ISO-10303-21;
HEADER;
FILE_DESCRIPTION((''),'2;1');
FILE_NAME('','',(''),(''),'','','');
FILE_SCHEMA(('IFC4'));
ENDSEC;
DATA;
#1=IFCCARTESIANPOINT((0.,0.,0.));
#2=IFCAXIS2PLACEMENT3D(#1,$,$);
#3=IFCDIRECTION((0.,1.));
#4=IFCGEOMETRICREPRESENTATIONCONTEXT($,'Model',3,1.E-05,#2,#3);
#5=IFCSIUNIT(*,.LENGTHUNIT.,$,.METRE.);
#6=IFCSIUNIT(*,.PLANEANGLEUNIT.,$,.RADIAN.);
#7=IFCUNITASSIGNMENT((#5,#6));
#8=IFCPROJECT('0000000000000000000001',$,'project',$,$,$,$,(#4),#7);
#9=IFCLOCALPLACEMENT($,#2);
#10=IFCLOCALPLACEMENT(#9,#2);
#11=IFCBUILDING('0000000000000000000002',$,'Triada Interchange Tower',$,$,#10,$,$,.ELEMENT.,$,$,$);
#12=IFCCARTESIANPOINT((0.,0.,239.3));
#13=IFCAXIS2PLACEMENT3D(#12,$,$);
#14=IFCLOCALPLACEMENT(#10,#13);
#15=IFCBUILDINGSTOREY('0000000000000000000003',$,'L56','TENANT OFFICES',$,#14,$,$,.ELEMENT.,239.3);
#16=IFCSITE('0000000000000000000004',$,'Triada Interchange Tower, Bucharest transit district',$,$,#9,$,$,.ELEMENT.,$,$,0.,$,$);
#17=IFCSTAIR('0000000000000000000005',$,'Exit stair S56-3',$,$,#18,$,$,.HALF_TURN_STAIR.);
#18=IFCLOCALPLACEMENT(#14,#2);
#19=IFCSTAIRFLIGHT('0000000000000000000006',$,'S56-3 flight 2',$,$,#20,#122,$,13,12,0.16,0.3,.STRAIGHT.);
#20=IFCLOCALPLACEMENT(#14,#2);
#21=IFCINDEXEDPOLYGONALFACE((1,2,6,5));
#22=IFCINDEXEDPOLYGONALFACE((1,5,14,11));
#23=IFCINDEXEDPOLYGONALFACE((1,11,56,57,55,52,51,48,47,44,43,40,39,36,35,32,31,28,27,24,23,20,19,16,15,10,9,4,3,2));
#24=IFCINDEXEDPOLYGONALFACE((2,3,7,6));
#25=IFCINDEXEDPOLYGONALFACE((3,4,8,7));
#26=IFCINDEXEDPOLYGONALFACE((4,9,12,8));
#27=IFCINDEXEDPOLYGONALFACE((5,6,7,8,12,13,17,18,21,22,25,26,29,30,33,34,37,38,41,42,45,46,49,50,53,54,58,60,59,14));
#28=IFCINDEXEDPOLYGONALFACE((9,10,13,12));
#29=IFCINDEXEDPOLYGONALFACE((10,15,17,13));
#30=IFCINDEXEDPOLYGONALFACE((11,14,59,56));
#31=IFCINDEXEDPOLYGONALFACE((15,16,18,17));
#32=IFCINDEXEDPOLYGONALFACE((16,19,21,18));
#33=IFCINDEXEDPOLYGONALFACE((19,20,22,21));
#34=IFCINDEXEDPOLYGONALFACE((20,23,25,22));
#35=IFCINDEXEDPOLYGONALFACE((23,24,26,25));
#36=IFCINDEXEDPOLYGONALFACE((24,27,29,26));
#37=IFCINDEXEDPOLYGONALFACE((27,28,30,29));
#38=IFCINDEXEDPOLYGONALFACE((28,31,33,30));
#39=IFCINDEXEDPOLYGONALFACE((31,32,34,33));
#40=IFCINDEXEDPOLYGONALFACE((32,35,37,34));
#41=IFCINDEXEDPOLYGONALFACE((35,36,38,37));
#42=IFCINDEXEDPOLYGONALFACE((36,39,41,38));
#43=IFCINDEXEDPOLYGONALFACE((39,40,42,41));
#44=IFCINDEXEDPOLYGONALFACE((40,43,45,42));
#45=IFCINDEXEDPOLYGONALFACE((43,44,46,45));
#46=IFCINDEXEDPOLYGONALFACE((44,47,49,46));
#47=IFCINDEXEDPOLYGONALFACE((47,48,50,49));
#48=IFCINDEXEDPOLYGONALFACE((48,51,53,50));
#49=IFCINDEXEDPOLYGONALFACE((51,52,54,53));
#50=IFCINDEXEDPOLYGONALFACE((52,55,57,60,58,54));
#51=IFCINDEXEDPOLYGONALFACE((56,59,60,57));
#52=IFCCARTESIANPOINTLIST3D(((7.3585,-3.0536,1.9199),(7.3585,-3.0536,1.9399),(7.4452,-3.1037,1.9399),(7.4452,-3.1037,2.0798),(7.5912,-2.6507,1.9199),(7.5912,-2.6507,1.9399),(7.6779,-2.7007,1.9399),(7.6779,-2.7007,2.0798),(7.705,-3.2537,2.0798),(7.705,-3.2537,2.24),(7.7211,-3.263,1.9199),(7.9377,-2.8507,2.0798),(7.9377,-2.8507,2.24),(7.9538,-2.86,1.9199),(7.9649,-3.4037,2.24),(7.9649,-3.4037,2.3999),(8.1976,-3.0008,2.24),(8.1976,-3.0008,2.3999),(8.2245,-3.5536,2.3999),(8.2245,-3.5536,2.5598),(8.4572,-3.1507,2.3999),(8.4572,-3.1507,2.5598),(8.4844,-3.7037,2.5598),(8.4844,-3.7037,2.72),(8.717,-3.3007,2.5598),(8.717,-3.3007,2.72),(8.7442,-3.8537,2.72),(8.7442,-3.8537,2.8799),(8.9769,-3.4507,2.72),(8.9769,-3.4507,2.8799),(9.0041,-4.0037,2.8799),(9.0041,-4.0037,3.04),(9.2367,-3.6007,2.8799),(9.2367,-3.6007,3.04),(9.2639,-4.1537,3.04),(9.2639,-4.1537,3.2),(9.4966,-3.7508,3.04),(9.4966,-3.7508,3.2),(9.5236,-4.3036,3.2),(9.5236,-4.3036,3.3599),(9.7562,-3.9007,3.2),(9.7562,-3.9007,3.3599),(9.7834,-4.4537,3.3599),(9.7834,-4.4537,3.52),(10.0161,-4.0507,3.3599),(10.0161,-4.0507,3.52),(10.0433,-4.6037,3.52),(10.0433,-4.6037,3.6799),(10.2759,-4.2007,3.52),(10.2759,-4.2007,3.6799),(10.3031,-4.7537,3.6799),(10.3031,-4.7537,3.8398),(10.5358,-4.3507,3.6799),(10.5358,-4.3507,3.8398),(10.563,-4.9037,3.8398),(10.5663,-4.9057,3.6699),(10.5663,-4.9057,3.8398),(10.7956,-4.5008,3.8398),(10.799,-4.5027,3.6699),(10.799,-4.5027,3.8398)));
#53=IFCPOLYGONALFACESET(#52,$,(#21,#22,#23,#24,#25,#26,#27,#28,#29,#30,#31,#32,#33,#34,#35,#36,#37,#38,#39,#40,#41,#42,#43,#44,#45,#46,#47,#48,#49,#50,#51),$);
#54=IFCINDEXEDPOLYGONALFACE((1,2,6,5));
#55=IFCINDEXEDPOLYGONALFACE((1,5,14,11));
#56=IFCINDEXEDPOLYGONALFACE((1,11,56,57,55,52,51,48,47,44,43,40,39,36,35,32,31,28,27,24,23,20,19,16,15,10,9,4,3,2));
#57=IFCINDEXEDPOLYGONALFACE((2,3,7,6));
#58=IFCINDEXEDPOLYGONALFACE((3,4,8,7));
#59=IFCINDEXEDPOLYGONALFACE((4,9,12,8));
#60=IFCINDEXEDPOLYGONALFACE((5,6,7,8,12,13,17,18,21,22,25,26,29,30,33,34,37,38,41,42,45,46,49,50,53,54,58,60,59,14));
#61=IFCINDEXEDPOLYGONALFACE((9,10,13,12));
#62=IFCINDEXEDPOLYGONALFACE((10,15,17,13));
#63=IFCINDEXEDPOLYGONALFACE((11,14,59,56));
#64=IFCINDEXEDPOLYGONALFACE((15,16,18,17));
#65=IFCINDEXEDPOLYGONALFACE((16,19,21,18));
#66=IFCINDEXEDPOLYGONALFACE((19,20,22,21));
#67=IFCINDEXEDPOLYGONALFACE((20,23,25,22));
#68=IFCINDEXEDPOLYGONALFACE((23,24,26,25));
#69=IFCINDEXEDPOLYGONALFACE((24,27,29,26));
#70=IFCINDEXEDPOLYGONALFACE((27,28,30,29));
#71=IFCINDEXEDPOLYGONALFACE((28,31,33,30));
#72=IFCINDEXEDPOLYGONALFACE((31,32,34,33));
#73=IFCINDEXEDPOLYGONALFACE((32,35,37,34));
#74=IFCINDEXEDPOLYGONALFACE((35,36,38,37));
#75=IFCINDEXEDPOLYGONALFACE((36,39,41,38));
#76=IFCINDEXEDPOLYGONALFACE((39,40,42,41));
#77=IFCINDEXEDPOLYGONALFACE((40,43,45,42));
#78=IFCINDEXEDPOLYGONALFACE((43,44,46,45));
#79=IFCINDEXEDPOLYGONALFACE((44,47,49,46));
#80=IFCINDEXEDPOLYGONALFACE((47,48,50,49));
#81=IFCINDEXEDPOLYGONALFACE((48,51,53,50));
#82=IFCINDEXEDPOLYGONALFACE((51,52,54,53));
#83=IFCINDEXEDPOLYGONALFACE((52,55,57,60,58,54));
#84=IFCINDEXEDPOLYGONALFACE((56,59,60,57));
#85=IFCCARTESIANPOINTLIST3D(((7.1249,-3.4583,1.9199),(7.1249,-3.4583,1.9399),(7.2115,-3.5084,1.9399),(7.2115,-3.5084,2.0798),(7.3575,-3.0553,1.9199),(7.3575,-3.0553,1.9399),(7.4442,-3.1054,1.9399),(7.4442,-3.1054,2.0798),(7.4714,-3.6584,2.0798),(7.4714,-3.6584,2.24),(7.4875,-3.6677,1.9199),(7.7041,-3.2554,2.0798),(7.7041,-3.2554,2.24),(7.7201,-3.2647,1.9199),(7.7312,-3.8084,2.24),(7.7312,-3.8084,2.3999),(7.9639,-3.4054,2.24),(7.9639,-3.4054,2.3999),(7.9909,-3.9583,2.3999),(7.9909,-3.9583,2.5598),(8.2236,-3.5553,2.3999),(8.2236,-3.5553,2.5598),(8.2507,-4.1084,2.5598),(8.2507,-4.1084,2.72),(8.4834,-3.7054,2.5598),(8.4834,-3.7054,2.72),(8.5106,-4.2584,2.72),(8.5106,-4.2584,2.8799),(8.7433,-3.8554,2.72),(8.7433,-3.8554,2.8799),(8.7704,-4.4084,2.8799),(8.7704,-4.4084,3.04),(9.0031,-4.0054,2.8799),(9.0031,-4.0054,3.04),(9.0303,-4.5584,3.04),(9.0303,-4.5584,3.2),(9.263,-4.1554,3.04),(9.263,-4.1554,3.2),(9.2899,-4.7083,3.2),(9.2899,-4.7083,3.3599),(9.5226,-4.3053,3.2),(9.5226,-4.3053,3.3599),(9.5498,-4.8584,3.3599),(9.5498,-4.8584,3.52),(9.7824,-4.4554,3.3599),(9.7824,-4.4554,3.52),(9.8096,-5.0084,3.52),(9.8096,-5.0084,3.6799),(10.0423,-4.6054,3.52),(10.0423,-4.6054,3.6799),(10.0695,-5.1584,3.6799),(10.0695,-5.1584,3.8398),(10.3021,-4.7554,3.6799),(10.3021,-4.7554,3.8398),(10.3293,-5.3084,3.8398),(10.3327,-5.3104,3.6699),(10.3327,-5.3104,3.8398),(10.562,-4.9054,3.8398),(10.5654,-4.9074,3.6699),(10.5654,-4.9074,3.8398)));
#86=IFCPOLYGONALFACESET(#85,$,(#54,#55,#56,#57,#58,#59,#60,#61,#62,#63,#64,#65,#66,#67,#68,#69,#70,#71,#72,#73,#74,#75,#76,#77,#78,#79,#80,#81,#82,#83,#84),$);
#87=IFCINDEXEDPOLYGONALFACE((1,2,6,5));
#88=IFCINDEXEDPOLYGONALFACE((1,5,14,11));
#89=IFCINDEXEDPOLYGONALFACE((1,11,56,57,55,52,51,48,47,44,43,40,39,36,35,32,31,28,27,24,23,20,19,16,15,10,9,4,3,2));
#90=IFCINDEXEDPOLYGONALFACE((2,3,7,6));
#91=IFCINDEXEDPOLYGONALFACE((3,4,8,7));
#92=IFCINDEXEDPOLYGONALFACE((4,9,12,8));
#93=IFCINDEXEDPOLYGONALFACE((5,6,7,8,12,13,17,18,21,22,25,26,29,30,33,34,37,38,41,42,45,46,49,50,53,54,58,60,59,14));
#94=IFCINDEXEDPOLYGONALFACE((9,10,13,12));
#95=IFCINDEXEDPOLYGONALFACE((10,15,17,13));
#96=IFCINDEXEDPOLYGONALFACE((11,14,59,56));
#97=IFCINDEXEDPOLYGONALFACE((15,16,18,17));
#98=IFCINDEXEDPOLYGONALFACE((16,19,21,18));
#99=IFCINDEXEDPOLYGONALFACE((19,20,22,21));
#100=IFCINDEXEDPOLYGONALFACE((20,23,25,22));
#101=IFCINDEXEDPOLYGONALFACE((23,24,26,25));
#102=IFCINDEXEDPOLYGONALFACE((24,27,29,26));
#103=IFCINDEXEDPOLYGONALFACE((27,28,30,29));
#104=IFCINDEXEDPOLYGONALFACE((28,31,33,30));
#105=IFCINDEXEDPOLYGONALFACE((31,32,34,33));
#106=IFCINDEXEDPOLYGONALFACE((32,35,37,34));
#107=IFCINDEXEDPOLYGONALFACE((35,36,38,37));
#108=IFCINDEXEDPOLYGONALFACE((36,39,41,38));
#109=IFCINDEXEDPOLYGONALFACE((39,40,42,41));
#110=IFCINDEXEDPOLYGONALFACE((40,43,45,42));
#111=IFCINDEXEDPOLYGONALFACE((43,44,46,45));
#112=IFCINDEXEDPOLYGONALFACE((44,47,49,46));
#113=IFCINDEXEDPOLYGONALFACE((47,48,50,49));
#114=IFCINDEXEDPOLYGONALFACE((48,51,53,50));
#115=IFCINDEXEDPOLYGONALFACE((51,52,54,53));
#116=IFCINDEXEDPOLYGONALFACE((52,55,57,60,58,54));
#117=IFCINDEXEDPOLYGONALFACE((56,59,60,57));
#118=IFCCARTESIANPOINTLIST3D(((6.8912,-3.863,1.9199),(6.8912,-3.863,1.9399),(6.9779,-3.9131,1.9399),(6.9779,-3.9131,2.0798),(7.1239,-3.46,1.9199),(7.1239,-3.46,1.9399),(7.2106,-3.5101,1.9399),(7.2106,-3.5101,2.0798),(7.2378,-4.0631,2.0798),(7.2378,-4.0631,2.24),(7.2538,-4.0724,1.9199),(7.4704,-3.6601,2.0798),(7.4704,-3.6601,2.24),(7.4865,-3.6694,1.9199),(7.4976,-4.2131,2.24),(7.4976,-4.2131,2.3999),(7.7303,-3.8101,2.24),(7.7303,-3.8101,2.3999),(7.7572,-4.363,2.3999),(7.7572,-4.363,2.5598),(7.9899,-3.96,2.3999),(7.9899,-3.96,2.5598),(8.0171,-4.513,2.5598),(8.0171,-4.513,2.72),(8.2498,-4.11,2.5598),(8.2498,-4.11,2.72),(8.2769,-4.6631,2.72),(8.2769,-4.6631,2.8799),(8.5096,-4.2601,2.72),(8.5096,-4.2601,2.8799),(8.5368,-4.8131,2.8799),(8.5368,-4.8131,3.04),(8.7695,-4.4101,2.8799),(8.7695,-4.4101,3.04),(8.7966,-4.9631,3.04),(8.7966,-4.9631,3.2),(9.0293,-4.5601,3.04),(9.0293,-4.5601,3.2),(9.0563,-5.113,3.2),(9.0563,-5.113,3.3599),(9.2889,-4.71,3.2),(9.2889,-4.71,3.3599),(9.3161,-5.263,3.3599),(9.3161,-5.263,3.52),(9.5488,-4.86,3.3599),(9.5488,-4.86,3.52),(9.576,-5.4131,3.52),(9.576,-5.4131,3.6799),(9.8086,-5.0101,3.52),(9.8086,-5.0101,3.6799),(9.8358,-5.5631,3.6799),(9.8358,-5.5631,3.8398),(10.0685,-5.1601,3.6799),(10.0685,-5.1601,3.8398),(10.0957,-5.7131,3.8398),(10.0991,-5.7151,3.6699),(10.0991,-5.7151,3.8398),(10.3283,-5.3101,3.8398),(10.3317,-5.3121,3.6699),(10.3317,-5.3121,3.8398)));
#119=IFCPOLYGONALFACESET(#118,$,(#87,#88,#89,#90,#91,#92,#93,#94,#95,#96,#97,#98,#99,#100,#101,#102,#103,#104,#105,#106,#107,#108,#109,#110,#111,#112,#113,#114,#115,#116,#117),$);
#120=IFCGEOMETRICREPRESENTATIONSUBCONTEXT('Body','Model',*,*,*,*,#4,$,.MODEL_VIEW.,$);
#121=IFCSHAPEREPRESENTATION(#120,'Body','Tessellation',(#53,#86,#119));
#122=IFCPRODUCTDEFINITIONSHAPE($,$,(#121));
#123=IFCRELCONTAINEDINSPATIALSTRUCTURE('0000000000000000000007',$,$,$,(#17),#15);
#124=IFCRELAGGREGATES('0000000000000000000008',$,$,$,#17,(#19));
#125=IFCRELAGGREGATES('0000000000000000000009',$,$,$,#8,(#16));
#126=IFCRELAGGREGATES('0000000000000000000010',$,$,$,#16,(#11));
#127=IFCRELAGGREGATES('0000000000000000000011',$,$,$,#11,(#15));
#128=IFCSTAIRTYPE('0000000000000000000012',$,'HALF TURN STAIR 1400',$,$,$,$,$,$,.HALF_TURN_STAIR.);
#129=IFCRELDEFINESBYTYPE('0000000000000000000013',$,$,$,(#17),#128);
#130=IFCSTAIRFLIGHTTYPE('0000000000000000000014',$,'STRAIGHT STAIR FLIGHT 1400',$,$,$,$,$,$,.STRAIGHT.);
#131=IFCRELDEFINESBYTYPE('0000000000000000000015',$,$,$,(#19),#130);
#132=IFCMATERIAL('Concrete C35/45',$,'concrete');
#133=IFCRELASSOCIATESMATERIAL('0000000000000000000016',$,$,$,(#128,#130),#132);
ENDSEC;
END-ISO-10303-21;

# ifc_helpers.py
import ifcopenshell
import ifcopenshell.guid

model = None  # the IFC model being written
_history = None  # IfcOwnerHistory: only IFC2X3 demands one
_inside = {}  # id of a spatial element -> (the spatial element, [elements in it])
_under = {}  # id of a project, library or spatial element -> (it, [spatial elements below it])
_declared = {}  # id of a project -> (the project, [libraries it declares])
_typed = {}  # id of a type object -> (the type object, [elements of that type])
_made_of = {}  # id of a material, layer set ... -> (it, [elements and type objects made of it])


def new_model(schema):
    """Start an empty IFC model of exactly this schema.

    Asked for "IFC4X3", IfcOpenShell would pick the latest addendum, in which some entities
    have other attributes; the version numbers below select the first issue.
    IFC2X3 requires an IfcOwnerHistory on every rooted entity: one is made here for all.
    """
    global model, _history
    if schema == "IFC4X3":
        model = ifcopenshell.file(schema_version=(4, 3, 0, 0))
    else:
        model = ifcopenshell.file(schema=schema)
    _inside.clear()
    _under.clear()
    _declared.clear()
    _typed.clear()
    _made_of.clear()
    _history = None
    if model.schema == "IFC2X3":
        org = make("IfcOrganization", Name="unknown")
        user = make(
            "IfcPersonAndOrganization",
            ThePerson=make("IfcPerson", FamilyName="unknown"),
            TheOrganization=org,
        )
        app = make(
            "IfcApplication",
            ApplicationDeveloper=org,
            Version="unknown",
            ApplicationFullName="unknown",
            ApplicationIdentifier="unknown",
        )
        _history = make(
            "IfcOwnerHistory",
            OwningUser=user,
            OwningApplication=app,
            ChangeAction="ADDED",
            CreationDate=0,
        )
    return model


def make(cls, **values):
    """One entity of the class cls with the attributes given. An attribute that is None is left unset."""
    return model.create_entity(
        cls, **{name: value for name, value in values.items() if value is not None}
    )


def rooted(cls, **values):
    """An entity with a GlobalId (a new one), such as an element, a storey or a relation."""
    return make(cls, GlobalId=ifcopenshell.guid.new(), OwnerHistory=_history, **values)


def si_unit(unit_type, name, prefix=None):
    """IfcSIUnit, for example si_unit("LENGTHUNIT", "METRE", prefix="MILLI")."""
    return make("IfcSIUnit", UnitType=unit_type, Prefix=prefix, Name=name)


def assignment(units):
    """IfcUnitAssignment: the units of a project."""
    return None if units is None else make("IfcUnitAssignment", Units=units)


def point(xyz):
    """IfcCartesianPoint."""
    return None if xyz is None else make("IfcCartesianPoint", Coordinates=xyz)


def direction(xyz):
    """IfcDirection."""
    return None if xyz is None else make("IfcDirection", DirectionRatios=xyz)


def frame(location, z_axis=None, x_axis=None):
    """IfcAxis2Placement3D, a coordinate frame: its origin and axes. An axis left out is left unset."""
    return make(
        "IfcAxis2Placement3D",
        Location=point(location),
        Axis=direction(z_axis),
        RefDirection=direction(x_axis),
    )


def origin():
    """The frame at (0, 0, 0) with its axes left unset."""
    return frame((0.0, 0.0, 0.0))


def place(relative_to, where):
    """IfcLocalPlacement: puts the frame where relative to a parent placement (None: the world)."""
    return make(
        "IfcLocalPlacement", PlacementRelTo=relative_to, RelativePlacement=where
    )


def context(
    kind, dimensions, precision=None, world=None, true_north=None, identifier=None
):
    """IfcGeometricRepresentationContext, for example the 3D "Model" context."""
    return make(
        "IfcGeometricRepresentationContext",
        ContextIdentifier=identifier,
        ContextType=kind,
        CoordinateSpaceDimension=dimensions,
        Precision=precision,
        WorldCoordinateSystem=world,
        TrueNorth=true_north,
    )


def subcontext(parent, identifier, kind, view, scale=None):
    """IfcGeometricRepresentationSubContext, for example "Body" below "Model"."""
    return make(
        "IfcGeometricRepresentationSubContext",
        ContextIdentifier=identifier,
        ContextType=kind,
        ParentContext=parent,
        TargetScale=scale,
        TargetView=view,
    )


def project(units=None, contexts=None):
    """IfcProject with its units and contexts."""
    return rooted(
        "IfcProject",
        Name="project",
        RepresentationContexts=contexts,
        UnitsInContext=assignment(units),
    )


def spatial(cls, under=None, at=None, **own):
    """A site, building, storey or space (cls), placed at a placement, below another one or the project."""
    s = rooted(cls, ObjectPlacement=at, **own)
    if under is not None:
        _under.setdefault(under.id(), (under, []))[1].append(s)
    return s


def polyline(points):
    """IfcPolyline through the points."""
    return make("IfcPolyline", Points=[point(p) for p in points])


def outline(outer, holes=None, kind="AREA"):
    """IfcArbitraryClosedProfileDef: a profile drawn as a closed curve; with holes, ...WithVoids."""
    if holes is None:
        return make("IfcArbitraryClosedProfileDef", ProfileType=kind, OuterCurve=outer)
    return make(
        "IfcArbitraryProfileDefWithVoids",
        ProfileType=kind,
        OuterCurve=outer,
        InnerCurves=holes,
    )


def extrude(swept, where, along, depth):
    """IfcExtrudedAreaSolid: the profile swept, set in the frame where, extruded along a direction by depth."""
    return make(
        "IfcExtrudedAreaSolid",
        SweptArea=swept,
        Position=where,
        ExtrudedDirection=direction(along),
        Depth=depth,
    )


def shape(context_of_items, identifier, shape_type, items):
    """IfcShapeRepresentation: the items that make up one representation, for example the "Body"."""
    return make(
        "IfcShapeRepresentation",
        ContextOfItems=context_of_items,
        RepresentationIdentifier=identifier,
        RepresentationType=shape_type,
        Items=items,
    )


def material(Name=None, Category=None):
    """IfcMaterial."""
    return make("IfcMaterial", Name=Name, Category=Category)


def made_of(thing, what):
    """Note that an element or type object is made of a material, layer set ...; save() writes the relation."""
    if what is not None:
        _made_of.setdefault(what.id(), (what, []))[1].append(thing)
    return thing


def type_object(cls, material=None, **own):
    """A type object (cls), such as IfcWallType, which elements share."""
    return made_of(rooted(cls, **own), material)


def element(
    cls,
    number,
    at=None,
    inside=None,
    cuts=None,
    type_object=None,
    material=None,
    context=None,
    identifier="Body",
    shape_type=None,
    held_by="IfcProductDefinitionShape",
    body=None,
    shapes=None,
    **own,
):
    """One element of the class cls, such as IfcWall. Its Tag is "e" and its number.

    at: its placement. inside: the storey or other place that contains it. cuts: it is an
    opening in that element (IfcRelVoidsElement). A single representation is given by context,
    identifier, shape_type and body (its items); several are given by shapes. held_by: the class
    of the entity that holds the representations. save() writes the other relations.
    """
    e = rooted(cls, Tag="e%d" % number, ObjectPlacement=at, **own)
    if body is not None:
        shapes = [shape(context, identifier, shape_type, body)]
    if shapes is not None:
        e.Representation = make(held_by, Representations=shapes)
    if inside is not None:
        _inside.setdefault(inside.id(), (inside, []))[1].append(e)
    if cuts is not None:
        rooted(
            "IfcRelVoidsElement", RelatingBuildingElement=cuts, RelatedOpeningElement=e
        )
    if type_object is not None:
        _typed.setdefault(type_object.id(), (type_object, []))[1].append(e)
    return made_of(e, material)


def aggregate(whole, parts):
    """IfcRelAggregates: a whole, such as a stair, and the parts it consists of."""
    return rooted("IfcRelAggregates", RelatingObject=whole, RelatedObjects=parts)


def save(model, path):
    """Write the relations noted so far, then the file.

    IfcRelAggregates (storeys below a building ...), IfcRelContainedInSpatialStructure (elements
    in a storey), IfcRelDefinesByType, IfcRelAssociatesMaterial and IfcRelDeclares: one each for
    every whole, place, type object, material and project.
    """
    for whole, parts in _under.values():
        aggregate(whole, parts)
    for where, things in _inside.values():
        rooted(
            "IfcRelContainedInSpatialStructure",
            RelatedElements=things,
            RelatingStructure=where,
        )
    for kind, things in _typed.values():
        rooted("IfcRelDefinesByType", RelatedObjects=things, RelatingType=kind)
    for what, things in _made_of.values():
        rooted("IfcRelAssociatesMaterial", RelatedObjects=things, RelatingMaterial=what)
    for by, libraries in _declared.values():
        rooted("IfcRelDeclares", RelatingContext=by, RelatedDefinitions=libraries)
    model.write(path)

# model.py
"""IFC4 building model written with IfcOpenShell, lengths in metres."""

from ifc_helpers import new_model, si_unit, direction, frame, origin, place, context, subcontext, project, spatial, polyline, outline, extrude, material, type_object, element, aggregate, save


model = new_model("IFC4")

# Units and contexts
model_context = context("Model", 3, precision=1e-05, world=origin(), true_north=direction((0.0, 1.0)))
body_context = subcontext(model_context, "Body", "Model", "MODEL_VIEW")
ifc_project = project(units=[si_unit("LENGTHUNIT", "METRE"), si_unit("PLANEANGLEUNIT", "RADIAN")], contexts=[model_context])

# Site, building, storey
site_placement = place(None, origin())
site = spatial("IfcSite", under=ifc_project, at=site_placement, Name="Triada Interchange Tower, Bucharest transit district", CompositionType="ELEMENT", RefElevation=0.0)
building_placement = place(site_placement, origin())
building = spatial("IfcBuilding", under=site, at=building_placement, Name="Triada Interchange Tower", CompositionType="ELEMENT")
storey_placement = place(building_placement, frame((0.0, 0.0, 239.3)))
storey = spatial("IfcBuildingStorey", under=building, at=storey_placement, Name="L56", Description="TENANT OFFICES", CompositionType="ELEMENT", Elevation=239.3)

# Stair, stair flight
ifc_material_1 = material(Name="Concrete C35/45", Category="concrete")
stair_type = type_object("IfcStairType", Name="HALF TURN STAIR 1400", PredefinedType="HALF_TURN_STAIR", material=ifc_material_1)
stair_placement = place(storey_placement, origin())
stair = element("IfcStair", 1, at=stair_placement, inside=storey, type_object=stair_type, Name="Exit stair S56-3", PredefinedType="HALF_TURN_STAIR")
stair_flight_type = type_object("IfcStairFlightType", Name="STRAIGHT STAIR FLIGHT 1400", PredefinedType="STRAIGHT", material=ifc_material_1)
stair_flight_1_placement = place(storey_placement, frame((7.3279, -3.3069, 1.9199), z_axis=(0.0, 0.0, 1.0), x_axis=(0.866025, -0.5, 0.0)))
stair_flight_1 = element("IfcStairFlight", 2, at=stair_flight_1_placement, type_object=stair_flight_type, Name="S56-3 flight 2", NumberOfRisers=13, NumberOfTreads=12, PredefinedType="STRAIGHT", RiserHeight=0.16, TreadLength=0.3, context=body_context, shape_type="SweptSolid", body=[
    extrude(outline(polyline([(-0.1001, 0.0), (-0.1001, 0.02), (0.0, 0.02), (0.0, 0.1599), (0.3, 0.1599), (0.3, 0.3201), (0.6001, 0.3201), (0.6001, 0.48), (0.8999, 0.48), (0.8999, 0.6399), (1.2, 0.6399), (1.2, 0.8), (1.5, 0.8), (1.5, 0.96), (1.8, 0.96), (1.8, 1.1201), (2.1001, 1.1201), (2.1001, 1.28), (2.3999, 1.28), (2.3999, 1.4399), (2.7, 1.4399), (2.7, 1.6001), (3.0, 1.6001), (3.0, 1.76), (3.3, 1.76), (3.3, 1.9199), (3.6001, 1.9199), (3.604, 1.9199), (3.604, 2.0801), (3.604, 1.75), (0.3186, 0.0), (-0.1001, 0.0)])), frame((0.0, 0.7, 0.0), z_axis=(0.0, -1.0, 0.0), x_axis=(1.0, 0.0, 0.0)), (0.0, 0.0, 1.0), 0.4653),
    extrude(outline(polyline([(-0.1001, 0.0), (-0.1001, 0.02), (0.0, 0.02), (0.0, 0.1599), (0.3, 0.1599), (0.3, 0.3201), (0.6001, 0.3201), (0.6001, 0.48), (0.8999, 0.48), (0.8999, 0.6399), (1.2, 0.6399), (1.2, 0.8), (1.5, 0.8), (1.5, 0.96), (1.8, 0.96), (1.8, 1.1201), (2.1001, 1.1201), (2.1001, 1.28), (2.3999, 1.28), (2.3999, 1.4399), (2.7, 1.4399), (2.7, 1.6001), (3.0, 1.6001), (3.0, 1.76), (3.3, 1.76), (3.3, 1.9199), (3.6001, 1.9199), (3.604, 1.9199), (3.604, 2.0801), (3.604, 1.75), (0.3186, 0.0), (-0.1001, 0.0)])), frame((0.0, 0.2327, 0.0), z_axis=(0.0, -1.0, 0.0), x_axis=(1.0, 0.0, 0.0)), (0.0, 0.0, 1.0), 0.4653),
    extrude(outline(polyline([(-0.1001, 0.0), (-0.1001, 0.02), (0.0, 0.02), (0.0, 0.1599), (0.3, 0.1599), (0.3, 0.3201), (0.6001, 0.3201), (0.6001, 0.48), (0.8999, 0.48), (0.8999, 0.6399), (1.2, 0.6399), (1.2, 0.8), (1.5, 0.8), (1.5, 0.96), (1.8, 0.96), (1.8, 1.1201), (2.1001, 1.1201), (2.1001, 1.28), (2.3999, 1.28), (2.3999, 1.4399), (2.7, 1.4399), (2.7, 1.6001), (3.0, 1.6001), (3.0, 1.76), (3.3, 1.76), (3.3, 1.9199), (3.6001, 1.9199), (3.604, 1.9199), (3.604, 2.0801), (3.604, 1.75), (0.3186, 0.0), (-0.1001, 0.0)])), frame((0.0, -0.2346, 0.0), z_axis=(0.0, -1.0, 0.0), x_axis=(1.0, 0.0, 0.0)), (0.0, 0.0, 1.0), 0.4653),
])
aggregate(stair, [stair_flight_1])

save(model, "model.ifc")
